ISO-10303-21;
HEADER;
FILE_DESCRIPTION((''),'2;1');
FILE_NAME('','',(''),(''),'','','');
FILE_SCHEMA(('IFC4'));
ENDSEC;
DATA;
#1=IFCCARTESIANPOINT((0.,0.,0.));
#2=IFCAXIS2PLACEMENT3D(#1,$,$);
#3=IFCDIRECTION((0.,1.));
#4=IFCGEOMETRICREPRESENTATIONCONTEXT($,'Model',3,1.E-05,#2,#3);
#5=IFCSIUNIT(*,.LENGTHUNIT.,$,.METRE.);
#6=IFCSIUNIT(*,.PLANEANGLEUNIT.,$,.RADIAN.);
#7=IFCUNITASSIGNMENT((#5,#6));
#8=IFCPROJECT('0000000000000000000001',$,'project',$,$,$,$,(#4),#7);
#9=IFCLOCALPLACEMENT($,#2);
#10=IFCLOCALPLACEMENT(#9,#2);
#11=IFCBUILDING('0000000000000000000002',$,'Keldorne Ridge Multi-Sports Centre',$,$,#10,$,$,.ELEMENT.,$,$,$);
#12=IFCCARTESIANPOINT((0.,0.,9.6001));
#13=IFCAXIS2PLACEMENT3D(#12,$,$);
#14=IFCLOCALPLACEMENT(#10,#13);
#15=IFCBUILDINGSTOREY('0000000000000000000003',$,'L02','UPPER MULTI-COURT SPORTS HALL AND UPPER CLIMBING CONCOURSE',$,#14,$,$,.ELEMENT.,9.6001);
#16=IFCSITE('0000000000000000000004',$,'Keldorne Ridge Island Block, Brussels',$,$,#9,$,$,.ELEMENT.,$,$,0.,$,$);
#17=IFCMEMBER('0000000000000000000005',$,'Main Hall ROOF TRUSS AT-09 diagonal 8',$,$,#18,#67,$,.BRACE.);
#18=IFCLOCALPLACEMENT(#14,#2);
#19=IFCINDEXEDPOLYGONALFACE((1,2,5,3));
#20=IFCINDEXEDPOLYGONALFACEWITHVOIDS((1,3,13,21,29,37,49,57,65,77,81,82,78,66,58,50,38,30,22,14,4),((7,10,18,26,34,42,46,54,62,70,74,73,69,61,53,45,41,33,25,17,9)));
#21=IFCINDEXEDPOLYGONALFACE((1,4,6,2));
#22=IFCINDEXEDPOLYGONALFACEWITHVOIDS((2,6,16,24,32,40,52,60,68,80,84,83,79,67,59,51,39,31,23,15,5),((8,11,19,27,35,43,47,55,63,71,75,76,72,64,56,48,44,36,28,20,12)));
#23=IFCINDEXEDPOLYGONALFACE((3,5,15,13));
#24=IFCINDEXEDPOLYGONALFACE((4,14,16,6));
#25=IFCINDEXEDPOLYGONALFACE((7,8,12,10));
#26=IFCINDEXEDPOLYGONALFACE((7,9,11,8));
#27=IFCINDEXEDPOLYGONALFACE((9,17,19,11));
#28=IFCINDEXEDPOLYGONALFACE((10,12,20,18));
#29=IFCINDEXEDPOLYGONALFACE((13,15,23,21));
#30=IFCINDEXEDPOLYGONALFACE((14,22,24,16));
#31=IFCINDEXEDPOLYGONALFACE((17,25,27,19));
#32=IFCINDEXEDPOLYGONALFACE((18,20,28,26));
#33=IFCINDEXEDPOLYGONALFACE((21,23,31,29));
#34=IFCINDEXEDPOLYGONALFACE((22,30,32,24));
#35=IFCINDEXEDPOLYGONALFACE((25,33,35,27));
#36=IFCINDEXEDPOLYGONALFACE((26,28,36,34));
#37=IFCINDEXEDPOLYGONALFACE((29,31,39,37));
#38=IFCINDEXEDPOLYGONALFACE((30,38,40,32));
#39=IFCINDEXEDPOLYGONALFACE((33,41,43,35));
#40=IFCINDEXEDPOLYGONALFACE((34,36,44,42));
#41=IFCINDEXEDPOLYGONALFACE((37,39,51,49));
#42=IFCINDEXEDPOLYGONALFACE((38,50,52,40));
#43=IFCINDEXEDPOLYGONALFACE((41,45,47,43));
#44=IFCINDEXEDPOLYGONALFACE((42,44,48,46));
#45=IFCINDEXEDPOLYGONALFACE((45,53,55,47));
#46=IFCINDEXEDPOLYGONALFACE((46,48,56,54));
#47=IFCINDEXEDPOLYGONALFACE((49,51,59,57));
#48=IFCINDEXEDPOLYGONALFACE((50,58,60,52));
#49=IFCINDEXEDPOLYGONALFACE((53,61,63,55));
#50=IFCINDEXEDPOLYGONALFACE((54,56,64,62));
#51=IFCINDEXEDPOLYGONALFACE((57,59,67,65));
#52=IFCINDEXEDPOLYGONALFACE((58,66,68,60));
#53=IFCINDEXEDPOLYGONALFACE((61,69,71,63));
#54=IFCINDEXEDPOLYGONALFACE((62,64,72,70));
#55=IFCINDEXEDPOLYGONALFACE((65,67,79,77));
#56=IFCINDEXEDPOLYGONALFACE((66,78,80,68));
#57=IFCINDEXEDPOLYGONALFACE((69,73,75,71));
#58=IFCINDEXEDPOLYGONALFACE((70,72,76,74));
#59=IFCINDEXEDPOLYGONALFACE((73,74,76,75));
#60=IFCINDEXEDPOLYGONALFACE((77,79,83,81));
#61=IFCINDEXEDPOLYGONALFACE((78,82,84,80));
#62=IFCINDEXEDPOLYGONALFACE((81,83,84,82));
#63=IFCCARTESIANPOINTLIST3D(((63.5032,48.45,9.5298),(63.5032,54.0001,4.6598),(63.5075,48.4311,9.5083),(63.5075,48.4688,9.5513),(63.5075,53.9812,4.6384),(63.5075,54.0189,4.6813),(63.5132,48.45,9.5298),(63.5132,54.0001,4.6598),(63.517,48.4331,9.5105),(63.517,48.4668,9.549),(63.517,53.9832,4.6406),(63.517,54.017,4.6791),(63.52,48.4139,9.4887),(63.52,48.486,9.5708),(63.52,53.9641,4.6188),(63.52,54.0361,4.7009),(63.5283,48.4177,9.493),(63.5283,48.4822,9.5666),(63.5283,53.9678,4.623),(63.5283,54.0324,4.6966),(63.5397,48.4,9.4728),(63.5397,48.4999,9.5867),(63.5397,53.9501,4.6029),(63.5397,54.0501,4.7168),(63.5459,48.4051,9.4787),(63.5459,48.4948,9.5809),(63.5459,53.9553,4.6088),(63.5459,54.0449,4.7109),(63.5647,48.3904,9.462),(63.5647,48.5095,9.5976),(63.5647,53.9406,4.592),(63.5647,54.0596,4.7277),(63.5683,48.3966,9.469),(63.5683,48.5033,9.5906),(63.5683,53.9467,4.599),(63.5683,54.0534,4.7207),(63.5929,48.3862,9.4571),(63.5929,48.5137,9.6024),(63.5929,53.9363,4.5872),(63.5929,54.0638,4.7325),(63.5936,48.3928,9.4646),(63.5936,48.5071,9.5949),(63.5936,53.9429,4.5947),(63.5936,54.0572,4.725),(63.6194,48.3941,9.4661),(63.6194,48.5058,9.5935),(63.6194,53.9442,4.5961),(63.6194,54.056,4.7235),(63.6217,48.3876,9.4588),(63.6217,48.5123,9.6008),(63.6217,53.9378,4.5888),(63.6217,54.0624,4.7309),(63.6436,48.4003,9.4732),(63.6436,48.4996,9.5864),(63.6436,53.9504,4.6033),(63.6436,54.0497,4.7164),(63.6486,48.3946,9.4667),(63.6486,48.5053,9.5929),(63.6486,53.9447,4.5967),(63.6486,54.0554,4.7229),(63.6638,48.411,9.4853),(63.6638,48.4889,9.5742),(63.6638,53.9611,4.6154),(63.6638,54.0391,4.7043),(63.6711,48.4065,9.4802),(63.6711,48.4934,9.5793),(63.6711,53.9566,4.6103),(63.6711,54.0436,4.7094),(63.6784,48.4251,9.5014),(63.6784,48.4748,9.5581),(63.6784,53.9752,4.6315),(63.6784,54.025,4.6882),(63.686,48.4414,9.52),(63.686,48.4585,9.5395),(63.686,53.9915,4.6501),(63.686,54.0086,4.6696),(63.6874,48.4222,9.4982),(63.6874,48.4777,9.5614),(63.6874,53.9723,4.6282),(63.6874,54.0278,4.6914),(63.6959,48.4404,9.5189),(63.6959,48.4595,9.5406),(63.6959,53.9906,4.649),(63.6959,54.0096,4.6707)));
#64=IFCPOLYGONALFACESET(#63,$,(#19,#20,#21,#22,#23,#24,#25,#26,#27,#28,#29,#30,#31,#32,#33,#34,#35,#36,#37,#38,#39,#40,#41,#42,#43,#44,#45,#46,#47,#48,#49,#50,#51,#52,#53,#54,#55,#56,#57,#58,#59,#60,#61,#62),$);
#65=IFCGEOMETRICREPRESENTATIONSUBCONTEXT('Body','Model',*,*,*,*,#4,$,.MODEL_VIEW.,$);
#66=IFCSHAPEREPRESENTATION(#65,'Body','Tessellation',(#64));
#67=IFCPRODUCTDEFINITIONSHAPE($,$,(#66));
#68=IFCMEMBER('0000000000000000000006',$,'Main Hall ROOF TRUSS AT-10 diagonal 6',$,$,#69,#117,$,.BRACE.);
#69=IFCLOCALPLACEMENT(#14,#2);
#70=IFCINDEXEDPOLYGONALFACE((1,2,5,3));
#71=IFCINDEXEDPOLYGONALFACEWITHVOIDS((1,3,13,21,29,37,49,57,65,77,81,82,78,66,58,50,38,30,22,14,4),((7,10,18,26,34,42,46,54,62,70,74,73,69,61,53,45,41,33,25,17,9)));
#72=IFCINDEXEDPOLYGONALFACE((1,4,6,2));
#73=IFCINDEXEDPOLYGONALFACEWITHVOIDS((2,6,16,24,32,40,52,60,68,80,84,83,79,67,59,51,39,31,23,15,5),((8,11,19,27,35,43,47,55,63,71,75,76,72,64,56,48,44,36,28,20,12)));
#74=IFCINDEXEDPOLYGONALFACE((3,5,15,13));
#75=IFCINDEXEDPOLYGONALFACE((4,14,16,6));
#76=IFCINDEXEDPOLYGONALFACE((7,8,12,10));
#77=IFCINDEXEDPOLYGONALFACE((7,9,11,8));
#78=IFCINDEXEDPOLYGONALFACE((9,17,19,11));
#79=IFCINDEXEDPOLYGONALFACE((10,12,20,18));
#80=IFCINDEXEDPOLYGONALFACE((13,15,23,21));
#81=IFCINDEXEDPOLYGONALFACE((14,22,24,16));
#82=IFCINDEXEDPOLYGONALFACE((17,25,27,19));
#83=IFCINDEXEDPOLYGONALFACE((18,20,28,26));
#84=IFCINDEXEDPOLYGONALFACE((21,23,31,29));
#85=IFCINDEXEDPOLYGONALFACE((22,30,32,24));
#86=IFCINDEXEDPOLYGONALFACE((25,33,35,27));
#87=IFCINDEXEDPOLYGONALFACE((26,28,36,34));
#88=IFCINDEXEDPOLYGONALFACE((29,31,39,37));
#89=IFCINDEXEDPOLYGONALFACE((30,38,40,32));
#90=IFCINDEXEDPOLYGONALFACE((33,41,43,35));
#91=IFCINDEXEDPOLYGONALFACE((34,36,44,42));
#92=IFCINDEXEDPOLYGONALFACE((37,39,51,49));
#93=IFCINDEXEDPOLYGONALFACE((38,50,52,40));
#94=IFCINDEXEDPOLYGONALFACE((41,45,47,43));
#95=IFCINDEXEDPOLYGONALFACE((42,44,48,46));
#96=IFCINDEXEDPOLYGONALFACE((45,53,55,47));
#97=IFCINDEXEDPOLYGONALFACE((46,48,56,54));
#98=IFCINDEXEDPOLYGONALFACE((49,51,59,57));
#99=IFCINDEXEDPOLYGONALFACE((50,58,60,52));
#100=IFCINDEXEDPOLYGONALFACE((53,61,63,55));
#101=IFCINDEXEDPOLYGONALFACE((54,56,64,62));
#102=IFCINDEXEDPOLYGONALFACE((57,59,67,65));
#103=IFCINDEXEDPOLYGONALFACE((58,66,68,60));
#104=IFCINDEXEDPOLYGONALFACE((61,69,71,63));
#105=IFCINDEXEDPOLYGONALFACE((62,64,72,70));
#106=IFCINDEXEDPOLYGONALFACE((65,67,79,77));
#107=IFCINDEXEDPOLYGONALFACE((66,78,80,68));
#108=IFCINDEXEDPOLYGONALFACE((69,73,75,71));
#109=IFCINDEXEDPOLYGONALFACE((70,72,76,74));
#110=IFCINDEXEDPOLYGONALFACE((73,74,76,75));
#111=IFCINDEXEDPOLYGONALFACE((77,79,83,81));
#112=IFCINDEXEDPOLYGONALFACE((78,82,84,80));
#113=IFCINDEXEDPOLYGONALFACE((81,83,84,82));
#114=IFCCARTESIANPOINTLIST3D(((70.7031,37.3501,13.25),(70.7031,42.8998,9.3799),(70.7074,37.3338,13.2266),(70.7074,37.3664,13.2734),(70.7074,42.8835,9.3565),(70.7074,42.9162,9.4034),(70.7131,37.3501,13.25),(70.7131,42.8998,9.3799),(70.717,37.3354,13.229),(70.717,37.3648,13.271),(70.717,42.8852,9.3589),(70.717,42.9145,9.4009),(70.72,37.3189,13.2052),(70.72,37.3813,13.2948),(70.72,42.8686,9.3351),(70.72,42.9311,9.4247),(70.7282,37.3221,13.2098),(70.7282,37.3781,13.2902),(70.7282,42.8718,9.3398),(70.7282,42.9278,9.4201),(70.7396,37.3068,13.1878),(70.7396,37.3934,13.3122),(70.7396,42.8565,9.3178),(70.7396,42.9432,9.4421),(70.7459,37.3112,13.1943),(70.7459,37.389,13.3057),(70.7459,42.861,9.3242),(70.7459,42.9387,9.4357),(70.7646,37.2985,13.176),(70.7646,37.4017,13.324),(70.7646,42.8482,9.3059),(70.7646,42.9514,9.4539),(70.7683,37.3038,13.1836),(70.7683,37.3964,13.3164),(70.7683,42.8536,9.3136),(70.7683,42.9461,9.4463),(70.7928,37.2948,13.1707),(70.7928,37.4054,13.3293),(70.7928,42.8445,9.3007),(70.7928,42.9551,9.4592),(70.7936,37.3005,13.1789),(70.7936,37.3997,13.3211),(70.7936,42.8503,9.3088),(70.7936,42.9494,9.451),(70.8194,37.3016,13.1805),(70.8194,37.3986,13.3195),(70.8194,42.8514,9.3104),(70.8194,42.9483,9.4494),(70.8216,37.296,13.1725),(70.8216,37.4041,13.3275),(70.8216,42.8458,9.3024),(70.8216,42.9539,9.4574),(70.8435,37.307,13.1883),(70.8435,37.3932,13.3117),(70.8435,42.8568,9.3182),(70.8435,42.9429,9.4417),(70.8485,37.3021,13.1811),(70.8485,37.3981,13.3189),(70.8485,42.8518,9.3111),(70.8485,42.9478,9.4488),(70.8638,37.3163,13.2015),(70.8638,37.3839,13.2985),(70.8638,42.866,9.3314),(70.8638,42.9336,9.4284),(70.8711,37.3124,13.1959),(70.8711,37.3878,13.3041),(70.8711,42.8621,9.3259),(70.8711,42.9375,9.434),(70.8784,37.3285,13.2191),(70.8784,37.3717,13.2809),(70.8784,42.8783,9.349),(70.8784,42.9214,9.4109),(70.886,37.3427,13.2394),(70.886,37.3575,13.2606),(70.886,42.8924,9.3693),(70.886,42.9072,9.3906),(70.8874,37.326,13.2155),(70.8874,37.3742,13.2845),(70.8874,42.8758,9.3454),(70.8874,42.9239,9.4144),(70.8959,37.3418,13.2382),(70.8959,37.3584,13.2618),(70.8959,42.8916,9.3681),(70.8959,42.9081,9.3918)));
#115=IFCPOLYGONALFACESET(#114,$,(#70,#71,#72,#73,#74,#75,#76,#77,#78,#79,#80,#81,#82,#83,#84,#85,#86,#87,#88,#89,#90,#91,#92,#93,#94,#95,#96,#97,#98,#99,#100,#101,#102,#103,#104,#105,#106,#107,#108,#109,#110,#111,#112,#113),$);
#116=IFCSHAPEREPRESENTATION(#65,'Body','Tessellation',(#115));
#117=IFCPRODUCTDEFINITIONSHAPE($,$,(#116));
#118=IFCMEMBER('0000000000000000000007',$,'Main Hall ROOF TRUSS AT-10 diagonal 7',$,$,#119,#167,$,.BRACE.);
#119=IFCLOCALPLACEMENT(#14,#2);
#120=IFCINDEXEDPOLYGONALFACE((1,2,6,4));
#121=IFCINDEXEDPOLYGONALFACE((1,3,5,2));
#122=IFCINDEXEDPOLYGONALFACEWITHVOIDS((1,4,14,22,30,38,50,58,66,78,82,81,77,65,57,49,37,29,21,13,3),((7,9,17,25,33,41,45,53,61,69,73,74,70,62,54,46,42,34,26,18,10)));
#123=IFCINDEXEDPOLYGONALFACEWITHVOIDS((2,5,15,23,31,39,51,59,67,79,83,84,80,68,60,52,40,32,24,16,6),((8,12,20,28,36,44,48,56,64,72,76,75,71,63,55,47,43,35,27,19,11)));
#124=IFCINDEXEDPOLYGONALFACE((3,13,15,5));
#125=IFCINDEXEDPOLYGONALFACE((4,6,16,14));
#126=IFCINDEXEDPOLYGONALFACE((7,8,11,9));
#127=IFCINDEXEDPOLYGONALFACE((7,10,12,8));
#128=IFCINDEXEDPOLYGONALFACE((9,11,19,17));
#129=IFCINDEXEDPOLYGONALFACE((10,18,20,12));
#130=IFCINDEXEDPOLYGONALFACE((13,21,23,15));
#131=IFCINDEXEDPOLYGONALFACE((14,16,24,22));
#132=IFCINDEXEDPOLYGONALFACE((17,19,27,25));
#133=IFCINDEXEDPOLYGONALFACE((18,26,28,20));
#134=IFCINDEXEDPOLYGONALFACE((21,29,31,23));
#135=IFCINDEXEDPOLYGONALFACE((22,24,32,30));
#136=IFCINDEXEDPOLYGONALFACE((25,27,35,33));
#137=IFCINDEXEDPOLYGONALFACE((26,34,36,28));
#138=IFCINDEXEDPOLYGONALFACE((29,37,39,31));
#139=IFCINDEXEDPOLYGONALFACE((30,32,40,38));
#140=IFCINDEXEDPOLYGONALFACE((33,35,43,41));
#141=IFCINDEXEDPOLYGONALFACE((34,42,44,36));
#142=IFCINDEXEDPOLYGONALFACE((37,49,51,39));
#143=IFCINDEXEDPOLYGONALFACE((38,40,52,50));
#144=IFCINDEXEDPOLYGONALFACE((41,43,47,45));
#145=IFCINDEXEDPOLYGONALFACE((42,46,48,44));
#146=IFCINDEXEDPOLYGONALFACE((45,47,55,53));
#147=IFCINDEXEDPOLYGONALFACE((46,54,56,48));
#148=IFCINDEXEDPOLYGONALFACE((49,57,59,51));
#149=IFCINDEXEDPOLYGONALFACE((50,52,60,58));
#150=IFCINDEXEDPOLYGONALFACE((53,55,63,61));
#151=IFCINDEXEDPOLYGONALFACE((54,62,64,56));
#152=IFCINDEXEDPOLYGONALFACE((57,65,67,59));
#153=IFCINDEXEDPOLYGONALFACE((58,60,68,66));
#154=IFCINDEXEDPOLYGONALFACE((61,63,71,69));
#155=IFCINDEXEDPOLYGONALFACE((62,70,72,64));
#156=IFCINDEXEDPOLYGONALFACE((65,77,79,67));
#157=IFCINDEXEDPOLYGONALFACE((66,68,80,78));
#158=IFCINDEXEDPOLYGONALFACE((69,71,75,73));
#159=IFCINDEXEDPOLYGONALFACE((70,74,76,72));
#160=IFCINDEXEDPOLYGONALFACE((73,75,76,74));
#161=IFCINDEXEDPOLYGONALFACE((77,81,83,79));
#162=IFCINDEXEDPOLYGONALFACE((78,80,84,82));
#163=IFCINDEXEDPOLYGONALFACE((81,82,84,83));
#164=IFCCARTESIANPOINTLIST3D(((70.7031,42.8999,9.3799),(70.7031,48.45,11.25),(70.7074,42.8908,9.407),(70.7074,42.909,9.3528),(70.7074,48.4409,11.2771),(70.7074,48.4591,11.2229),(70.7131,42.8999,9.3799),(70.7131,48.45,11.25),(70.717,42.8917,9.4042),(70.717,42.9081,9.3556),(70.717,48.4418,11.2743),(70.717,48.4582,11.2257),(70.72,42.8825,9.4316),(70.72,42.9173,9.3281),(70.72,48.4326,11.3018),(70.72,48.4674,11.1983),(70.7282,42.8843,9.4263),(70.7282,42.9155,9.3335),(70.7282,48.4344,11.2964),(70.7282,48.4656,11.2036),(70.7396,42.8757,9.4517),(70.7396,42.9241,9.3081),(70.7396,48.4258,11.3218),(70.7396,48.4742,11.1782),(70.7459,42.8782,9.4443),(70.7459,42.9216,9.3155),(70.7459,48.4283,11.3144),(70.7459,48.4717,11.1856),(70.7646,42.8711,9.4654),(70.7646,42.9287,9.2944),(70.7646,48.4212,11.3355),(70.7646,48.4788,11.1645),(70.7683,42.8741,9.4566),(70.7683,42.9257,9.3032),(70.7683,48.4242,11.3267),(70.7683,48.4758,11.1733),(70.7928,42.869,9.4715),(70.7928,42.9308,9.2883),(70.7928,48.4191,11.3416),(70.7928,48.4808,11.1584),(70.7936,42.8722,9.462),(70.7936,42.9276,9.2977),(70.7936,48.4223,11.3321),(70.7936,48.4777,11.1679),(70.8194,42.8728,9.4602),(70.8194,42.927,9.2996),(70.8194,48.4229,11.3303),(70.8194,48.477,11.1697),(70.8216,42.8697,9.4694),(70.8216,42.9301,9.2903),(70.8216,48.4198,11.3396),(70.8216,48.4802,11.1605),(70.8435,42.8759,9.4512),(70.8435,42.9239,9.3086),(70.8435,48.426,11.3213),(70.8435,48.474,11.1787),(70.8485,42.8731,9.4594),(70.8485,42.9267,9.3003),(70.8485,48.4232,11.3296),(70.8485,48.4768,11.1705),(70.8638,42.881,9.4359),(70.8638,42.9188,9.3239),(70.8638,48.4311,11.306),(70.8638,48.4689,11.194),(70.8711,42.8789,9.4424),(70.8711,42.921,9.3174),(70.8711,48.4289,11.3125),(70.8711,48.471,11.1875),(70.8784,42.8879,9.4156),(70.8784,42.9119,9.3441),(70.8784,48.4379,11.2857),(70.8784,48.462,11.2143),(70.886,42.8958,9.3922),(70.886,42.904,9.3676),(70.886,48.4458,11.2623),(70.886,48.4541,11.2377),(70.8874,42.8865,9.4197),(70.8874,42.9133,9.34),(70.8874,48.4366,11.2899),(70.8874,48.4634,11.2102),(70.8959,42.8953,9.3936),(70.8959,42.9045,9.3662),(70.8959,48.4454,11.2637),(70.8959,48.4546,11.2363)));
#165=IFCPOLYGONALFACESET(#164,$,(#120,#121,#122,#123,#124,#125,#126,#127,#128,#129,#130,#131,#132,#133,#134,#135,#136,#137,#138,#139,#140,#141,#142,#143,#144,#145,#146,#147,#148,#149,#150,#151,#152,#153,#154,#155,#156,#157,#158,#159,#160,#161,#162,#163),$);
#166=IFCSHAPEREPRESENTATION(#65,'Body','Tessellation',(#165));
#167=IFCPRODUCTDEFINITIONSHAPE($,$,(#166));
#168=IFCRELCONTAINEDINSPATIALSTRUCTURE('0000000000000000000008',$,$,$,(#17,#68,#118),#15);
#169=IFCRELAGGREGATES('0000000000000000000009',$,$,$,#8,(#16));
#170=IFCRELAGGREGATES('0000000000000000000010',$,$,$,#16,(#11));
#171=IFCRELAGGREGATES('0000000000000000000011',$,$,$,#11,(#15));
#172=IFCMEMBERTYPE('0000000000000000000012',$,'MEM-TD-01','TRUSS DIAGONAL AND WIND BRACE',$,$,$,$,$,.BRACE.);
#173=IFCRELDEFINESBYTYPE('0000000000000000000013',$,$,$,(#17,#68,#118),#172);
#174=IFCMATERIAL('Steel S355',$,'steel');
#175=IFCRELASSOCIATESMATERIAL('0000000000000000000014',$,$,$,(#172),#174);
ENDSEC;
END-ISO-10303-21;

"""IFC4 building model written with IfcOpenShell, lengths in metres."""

from ifc_helpers import new_model, si_unit, direction, frame, origin, origin_2d, place, context, subcontext, project, spatial, hollow_circle, extrude, material, material_profile, profile_set, type_object, element, save


model = new_model("IFC4")

# Units and contexts
model_context = context("Model", 3, precision=1e-05, world=origin(), true_north=direction((0.0, 1.0)))
body_context = subcontext(model_context, "Body", "Model", "MODEL_VIEW")
ifc_project = project(units=[si_unit("LENGTHUNIT", "METRE"), si_unit("PLANEANGLEUNIT", "RADIAN")], contexts=[model_context])

# Site, building, storey
site_placement = place(None, origin())
site = spatial("IfcSite", under=ifc_project, at=site_placement, Name="Keldorne Ridge Island Block, Brussels", CompositionType="ELEMENT", RefElevation=0.0)
building_placement = place(site_placement, origin())
building = spatial("IfcBuilding", under=site, at=building_placement, Name="Keldorne Ridge Multi-Sports Centre", CompositionType="ELEMENT")
storey_placement = place(building_placement, frame((0.0, 0.0, 9.6001)))
storey = spatial("IfcBuildingStorey", under=building, at=storey_placement, Name="L02", Description="UPPER MULTI-COURT SPORTS HALL AND UPPER CLIMBING CONCOURSE", CompositionType="ELEMENT", Elevation=9.6001)

# Shared definitions
ifc_material = material(Name="Steel S355", Category="steel")

# Members
ifc_material_profile_1 = material_profile(ifc_material, hollow_circle(Radius=0.0969, WallThickness=0.01, at=origin_2d()), Name="CHS 193.7x10")
ifc_profile_set_1 = profile_set([ifc_material_profile_1], Name="Steel S355")
member_type_1 = type_object("IfcMemberType", Name="MEM-TD-01", Description="TRUSS DIAGONAL AND WIND BRACE", PredefinedType="BRACE", material=ifc_profile_set_1)
member_1_placement = place(storey_placement, frame((63.6001, 48.45, 9.5298), z_axis=(0.0, 0.751664, -0.659546), x_axis=(-1.0, 0.0, 0.0)))
element("IfcMember", 1, at=member_1_placement, inside=storey, type_object=member_type_1, Name="Main Hall ROOF TRUSS AT-09 diagonal 8", PredefinedType="BRACE", context=body_context, shape_type="SweptSolid", body=[
    extrude(hollow_circle(Radius=0.0969, WallThickness=0.01, at=origin_2d()), origin(), (0.0, 0.0, 1.0), 7.3838),
])
member_2_placement = place(storey_placement, frame((70.8, 37.3501, 13.25), z_axis=(0.0, 0.820255, -0.571999), x_axis=(-1.0, 0.0, 0.0)))
element("IfcMember", 2, at=member_2_placement, inside=storey, type_object=member_type_1, Name="Main Hall ROOF TRUSS AT-10 diagonal 6", PredefinedType="BRACE", context=body_context, shape_type="SweptSolid", body=[
    extrude(hollow_circle(Radius=0.0969, WallThickness=0.01, at=origin_2d()), origin(), (0.0, 0.0, 1.0), 6.7659),
])
member_3_placement = place(storey_placement, frame((70.8, 42.8999, 9.3799), z_axis=(0.0, 0.947649, 0.319315), x_axis=(-1.0, 0.0, 0.0)))
element("IfcMember", 3, at=member_3_placement, inside=storey, type_object=member_type_1, Name="Main Hall ROOF TRUSS AT-10 diagonal 7", PredefinedType="BRACE", context=body_context, shape_type="SweptSolid", body=[
    extrude(hollow_circle(Radius=0.0969, WallThickness=0.01, at=origin_2d()), origin(), (0.0, 0.0, 1.0), 5.8567),
])

save(model, "model.ifc")
